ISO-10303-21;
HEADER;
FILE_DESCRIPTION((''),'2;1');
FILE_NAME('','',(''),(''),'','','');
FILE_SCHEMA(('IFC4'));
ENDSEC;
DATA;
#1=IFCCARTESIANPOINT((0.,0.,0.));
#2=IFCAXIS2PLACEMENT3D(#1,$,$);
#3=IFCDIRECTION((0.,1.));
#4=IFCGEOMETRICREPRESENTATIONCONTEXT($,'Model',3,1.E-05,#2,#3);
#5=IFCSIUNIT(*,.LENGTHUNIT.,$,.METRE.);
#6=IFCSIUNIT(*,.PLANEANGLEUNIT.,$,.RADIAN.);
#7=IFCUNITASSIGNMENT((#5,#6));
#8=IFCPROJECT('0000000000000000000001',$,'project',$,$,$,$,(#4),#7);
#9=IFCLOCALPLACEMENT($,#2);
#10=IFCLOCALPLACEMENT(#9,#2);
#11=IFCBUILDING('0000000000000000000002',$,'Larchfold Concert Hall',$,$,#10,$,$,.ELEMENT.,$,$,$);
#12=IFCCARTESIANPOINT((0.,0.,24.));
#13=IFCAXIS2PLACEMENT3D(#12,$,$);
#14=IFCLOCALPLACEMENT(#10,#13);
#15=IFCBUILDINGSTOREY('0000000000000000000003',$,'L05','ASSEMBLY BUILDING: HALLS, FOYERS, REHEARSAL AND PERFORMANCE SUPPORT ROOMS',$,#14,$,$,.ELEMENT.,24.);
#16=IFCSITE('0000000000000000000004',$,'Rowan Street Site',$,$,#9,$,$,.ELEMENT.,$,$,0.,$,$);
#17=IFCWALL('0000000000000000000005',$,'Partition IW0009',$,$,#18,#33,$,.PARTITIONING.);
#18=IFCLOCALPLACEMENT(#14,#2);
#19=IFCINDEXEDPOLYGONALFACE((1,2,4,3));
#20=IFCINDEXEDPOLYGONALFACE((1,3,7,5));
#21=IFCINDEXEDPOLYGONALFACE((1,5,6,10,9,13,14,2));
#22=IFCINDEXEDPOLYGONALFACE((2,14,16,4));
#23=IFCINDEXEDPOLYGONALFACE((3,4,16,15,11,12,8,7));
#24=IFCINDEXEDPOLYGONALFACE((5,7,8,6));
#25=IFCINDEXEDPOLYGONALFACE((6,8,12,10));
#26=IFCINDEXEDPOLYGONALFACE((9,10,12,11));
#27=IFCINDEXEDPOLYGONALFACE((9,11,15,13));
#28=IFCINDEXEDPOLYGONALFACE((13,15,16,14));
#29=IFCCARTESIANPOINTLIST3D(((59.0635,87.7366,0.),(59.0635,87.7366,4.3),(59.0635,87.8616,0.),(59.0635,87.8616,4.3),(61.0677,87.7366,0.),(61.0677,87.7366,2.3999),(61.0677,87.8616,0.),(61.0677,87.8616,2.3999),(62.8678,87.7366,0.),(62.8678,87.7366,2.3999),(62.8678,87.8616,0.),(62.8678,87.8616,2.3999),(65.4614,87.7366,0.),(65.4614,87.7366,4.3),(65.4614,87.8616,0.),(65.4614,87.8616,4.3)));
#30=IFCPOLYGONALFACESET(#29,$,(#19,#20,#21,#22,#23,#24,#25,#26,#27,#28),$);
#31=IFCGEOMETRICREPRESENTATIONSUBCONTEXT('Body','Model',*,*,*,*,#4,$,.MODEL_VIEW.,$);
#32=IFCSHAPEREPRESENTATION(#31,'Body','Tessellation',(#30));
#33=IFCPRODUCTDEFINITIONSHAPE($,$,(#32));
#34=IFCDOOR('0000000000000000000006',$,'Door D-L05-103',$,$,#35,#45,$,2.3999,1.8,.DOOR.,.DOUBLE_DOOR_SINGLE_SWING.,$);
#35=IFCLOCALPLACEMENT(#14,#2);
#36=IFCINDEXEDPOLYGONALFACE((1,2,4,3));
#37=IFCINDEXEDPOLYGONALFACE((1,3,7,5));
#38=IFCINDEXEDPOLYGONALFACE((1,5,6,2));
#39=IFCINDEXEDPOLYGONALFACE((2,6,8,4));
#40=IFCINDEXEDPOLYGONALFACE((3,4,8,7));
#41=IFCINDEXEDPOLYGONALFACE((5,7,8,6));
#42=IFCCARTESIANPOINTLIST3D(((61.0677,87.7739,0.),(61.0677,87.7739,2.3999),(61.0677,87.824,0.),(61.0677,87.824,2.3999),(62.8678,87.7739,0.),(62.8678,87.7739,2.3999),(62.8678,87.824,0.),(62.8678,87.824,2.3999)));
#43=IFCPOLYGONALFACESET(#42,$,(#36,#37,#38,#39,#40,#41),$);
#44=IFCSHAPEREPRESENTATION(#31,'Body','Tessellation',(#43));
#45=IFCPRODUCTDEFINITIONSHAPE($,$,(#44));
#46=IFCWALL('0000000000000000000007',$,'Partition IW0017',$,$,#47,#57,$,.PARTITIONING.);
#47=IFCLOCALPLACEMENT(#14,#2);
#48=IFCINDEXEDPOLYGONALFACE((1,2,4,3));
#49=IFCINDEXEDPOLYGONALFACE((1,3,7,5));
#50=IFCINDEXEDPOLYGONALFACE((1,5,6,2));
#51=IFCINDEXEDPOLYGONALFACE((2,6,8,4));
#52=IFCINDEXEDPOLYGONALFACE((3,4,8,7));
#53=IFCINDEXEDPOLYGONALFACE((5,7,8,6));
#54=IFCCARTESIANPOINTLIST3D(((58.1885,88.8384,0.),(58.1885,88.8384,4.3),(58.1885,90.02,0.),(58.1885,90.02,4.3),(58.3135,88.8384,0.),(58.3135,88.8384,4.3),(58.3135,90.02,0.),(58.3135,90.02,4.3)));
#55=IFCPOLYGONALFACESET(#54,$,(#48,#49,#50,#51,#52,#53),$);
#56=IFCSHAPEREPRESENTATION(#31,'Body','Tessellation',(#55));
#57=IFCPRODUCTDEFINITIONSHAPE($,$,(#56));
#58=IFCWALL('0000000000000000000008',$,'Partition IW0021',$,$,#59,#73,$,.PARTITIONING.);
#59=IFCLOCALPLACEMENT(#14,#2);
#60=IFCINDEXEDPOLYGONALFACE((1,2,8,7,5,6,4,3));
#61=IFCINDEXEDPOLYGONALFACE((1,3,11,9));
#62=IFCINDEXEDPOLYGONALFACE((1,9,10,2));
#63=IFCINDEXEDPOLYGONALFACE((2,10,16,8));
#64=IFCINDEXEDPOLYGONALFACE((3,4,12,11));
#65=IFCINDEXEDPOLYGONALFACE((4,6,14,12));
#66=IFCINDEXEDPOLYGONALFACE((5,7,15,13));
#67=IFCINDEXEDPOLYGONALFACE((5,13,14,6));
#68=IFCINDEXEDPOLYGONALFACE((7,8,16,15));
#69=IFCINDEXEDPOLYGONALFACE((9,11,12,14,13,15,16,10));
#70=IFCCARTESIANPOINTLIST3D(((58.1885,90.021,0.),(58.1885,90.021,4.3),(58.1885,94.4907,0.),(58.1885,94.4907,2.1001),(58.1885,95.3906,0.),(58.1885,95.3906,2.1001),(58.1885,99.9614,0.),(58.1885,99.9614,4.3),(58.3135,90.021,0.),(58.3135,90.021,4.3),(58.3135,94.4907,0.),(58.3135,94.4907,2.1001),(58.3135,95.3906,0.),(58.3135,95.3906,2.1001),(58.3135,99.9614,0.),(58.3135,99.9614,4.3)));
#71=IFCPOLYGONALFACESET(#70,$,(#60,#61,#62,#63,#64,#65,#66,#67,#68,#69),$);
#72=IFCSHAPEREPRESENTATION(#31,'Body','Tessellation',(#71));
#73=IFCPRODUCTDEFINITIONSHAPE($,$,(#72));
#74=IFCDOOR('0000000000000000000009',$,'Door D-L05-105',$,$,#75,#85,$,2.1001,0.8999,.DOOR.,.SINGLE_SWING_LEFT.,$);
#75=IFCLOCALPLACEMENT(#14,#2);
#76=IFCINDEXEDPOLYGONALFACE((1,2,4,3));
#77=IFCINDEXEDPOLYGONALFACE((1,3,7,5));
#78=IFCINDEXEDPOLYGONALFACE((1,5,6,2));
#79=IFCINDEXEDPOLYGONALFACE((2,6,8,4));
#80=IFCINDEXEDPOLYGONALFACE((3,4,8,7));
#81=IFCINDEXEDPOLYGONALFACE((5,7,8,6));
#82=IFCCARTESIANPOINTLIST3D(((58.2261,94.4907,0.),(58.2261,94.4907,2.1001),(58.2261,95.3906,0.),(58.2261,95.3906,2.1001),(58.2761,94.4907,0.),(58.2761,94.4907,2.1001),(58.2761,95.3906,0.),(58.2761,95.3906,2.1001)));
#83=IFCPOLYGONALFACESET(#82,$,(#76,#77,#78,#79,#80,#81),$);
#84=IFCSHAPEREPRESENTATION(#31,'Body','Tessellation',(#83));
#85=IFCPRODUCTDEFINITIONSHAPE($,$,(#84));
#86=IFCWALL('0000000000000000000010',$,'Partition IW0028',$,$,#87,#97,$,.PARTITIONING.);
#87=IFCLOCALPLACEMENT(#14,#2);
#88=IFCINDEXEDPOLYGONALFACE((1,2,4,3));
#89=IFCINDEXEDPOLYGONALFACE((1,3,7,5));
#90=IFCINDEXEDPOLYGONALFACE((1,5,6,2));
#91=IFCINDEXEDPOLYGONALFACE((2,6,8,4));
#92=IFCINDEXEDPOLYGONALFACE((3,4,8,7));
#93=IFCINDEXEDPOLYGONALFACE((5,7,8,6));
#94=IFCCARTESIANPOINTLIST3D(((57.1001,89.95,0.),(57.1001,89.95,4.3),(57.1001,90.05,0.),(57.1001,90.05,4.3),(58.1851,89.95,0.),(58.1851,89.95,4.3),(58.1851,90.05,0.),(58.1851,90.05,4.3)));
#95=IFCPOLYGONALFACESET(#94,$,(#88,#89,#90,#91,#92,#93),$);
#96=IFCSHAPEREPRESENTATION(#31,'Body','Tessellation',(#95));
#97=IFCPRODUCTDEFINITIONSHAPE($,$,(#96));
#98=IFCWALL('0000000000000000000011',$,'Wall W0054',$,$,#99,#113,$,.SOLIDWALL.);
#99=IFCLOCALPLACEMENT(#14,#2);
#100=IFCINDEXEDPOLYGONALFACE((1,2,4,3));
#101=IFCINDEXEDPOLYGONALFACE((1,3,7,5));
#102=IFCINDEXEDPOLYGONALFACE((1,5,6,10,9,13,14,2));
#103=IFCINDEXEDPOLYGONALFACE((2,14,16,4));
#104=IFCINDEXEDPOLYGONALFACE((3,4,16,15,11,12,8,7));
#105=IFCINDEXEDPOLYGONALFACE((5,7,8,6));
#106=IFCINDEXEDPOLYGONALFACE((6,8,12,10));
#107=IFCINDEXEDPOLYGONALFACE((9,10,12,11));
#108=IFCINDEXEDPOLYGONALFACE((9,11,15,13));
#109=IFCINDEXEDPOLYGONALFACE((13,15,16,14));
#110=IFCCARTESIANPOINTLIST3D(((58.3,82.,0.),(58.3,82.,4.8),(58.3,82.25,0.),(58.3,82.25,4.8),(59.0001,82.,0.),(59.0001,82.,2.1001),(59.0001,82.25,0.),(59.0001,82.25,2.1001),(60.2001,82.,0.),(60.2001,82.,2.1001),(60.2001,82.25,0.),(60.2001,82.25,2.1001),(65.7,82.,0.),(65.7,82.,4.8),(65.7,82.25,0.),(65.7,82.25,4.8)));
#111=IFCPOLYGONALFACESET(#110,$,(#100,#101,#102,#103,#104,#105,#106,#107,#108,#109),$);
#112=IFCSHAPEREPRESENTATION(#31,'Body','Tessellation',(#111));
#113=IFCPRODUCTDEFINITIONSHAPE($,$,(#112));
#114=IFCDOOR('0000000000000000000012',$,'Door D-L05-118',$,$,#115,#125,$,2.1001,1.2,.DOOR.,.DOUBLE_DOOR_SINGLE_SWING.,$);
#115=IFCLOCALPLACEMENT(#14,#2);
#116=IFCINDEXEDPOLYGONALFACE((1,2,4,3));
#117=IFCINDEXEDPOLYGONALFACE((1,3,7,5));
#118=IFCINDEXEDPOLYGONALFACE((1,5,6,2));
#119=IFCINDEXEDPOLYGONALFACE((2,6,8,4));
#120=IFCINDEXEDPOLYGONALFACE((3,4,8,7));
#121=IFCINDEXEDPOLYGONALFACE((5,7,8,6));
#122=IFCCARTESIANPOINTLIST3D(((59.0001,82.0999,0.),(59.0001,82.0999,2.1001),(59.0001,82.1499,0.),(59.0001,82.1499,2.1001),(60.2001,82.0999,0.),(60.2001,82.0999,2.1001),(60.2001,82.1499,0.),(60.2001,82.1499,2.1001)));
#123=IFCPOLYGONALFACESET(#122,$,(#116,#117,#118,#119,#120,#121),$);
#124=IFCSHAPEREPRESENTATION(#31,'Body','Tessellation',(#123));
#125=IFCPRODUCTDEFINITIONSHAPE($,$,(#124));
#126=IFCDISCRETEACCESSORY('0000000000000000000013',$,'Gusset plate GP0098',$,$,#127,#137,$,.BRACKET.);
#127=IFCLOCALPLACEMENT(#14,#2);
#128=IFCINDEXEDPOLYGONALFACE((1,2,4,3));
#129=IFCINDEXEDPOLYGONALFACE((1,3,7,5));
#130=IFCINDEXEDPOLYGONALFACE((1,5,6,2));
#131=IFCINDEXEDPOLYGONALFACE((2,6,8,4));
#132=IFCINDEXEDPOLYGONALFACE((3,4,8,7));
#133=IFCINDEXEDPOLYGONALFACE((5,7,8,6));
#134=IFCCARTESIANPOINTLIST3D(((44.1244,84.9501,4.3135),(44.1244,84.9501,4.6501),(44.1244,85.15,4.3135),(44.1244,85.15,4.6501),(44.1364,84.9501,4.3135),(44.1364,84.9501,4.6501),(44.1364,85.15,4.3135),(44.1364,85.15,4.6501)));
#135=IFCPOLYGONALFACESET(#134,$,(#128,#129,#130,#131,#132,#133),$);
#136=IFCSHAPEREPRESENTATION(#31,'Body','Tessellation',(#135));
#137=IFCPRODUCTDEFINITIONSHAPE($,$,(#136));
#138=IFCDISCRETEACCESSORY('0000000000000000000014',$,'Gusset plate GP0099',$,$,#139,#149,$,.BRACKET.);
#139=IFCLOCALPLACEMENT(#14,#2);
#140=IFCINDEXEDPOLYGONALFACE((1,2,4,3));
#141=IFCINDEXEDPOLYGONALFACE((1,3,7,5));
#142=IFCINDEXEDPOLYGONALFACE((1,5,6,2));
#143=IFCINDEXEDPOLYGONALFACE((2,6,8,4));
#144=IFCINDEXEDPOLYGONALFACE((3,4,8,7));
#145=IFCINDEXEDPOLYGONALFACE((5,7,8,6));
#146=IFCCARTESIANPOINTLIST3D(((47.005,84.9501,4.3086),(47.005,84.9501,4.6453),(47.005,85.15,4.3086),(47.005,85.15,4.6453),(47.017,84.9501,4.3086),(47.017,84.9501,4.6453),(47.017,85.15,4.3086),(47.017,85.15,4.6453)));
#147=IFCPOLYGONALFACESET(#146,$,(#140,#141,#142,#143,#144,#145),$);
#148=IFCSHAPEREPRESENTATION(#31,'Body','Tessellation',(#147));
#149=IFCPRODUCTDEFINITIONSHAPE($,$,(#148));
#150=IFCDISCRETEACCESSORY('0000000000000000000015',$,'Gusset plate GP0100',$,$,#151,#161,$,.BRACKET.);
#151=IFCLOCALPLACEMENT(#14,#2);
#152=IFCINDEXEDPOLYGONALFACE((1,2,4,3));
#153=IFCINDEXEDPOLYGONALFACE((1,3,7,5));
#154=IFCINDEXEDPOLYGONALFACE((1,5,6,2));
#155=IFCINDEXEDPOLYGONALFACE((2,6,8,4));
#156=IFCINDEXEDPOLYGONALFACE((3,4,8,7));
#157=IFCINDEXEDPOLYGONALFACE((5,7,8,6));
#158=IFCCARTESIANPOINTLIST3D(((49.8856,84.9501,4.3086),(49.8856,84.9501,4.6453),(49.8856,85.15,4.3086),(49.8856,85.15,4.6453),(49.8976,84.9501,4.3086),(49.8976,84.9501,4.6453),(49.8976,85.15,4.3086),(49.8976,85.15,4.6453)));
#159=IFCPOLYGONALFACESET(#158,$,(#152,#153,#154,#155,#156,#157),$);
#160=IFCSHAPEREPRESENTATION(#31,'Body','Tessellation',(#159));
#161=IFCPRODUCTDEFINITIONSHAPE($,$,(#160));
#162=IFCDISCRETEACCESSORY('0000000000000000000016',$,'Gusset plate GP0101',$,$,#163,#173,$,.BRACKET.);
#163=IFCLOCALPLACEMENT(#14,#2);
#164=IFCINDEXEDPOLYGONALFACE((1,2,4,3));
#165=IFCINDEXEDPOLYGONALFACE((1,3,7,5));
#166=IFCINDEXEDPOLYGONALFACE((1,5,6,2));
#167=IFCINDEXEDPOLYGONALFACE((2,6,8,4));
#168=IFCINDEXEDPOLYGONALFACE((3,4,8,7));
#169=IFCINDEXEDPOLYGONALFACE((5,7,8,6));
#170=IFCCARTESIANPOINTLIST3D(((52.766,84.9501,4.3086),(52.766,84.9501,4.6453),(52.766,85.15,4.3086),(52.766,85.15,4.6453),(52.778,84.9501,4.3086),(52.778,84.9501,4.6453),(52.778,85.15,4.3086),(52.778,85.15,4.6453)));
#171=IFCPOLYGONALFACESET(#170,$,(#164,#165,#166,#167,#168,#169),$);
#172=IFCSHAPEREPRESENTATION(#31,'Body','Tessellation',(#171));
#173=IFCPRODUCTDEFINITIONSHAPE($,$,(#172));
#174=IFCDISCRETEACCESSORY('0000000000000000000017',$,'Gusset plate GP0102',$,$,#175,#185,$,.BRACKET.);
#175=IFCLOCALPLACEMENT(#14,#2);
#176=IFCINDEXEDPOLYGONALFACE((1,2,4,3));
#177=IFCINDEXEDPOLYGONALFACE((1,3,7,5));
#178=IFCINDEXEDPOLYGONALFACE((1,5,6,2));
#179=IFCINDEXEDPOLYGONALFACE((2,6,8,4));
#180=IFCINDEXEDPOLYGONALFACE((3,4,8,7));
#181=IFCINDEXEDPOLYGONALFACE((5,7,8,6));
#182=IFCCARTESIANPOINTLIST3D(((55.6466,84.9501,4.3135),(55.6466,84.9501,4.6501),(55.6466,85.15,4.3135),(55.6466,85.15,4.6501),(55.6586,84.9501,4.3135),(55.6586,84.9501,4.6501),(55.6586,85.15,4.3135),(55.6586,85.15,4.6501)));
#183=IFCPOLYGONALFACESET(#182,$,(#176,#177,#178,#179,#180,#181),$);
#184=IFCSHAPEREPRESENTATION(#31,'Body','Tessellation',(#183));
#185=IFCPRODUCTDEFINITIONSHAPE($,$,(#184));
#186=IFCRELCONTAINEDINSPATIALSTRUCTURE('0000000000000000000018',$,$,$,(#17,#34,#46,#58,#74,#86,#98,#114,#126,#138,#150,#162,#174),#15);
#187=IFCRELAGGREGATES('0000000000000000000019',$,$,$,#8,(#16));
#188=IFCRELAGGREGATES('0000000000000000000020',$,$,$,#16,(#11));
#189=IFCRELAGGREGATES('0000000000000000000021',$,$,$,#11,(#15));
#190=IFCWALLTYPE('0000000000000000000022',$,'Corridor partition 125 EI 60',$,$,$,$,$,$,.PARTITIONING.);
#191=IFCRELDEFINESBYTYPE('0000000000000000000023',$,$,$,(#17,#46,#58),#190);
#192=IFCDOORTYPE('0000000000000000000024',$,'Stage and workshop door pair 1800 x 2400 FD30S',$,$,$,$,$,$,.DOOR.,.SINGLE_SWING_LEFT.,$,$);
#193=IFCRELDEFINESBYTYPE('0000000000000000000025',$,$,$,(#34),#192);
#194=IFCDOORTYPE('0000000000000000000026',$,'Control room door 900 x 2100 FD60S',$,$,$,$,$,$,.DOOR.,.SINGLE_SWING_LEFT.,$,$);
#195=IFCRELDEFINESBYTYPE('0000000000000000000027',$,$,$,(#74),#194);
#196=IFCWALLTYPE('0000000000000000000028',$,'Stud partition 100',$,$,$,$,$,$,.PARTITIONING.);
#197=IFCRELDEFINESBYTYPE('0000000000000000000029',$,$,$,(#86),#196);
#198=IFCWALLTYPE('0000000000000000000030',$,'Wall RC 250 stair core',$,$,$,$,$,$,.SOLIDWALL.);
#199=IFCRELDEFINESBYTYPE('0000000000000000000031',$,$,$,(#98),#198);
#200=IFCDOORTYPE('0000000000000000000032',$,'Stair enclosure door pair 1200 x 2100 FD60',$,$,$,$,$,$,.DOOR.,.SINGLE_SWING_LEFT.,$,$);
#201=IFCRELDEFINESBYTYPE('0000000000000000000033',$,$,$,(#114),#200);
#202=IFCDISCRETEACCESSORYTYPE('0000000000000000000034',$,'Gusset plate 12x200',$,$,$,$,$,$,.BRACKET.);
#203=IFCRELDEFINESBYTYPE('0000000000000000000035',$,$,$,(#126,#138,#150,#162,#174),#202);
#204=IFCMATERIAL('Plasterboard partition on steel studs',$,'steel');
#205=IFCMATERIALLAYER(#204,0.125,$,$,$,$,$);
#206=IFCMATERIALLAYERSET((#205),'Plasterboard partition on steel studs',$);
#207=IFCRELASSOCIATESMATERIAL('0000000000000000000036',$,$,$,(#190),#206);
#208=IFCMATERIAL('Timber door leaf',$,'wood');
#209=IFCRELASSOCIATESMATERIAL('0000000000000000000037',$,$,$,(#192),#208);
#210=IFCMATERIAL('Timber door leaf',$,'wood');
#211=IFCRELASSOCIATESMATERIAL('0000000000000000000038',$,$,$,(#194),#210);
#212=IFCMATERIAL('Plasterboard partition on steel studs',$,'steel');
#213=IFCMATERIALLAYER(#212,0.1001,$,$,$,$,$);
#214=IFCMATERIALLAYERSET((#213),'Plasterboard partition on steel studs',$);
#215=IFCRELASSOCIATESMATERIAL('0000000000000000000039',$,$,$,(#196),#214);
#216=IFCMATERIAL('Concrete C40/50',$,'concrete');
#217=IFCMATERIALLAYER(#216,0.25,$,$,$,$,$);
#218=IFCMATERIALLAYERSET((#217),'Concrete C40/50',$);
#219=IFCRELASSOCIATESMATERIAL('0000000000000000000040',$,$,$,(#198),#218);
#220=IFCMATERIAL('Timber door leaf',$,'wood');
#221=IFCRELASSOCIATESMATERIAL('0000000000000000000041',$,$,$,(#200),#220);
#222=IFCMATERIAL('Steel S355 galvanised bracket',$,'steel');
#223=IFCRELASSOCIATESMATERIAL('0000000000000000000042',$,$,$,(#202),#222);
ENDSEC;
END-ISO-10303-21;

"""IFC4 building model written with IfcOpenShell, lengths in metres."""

from ifc_helpers import new_model, si_unit, direction, frame, frame_2d, origin, origin_2d, place, context, subcontext, project, spatial, rectangle, extrude, material, layer, layer_set, material_profile, profile_set, type_object, element, fill, save


model = new_model("IFC4")

# Units and contexts
model_context = context("Model", 3, precision=1e-05, world=origin(), true_north=direction((0.0, 1.0)))
body_context = subcontext(model_context, "Body", "Model", "MODEL_VIEW")
ifc_project = project(units=[si_unit("LENGTHUNIT", "METRE"), si_unit("PLANEANGLEUNIT", "RADIAN")], contexts=[model_context])

# Site, building, storey
site_placement = place(None, origin())
site = spatial("IfcSite", under=ifc_project, at=site_placement, Name="Rowan Street Site", CompositionType="ELEMENT", RefElevation=0.0)
building_placement = place(site_placement, origin())
building = spatial("IfcBuilding", under=site, at=building_placement, Name="Larchfold Concert Hall", CompositionType="ELEMENT")
storey_placement = place(building_placement, frame((0.0, 0.0, 24.0)))
storey = spatial("IfcBuildingStorey", under=building, at=storey_placement, Name="L05", Description="ASSEMBLY BUILDING: HALLS, FOYERS, REHEARSAL AND PERFORMANCE SUPPORT ROOMS", CompositionType="ELEMENT", Elevation=24.0)

# Shared definitions
ifc_material_1 = material(Name="Plasterboard partition on steel studs", Category="steel")
ifc_layer_1 = layer(ifc_material_1, 0.125)
ifc_layer_set_1 = layer_set([ifc_layer_1], Name="Plasterboard partition on steel studs")
wall_type_1 = type_object("IfcWallType", Name="Corridor partition 125 EI 60", PredefinedType="PARTITIONING", material=ifc_layer_set_1)

# Wall, opening, door
wall_1_placement = place(storey_placement, frame((59.0635, 87.7991, 0.0), z_axis=(0.0, 0.0, 1.0), x_axis=(1.0, 0.0, 0.0)))
wall_1 = element("IfcWall", 1, at=wall_1_placement, inside=storey, type_object=wall_type_1, Name="Partition IW0009", PredefinedType="PARTITIONING", context=body_context, shape_type="SweptSolid", body=[
    extrude(rectangle(XDim=6.3979, YDim=0.125, at=frame_2d((3.199, 0.0))), origin(), (0.0, 0.0, 1.0), 4.3),
])
opening_1_placement = place(wall_1_placement, frame((2.0044, 0.0, 0.0)))
opening_1 = element("IfcOpeningElement", 2, at=opening_1_placement, cuts=wall_1, PredefinedType="OPENING", context=body_context, shape_type="SweptSolid", body=[
    extrude(rectangle(XDim=1.8, YDim=2.3999, at=frame_2d((0.8999, 1.2))), frame((0.0, 0.0725, 0.0), z_axis=(0.0, -1.0, 0.0), x_axis=(1.0, 0.0, 0.0)), (0.0, 0.0, 1.0), 0.145),
])
ifc_material_2 = material(Name="Timber door leaf", Category="wood")
door_type_1 = type_object("IfcDoorType", Name="Stage and workshop door pair 1800 x 2400 FD30S", OperationType="SINGLE_SWING_LEFT", PredefinedType="DOOR", material=ifc_material_2)
door_1_placement = place(opening_1_placement, origin())
door_1 = element("IfcDoor", 3, at=door_1_placement, inside=storey, type_object=door_type_1, Name="Door D-L05-103", OperationType="DOUBLE_DOOR_SINGLE_SWING", OverallHeight=2.3999, OverallWidth=1.8, PredefinedType="DOOR", context=body_context, shape_type="SweptSolid", body=[
    extrude(rectangle(XDim=1.8, YDim=2.3999, at=frame_2d((0.8999, 1.2))), frame((0.0, 0.0249, 0.0), z_axis=(0.0, -1.0, 0.0), x_axis=(1.0, 0.0, 0.0)), (0.0, 0.0, 1.0), 0.05),
])
fill(opening_1, door_1)

# Wall
wall_2_placement = place(storey_placement, frame((58.251, 88.8384, 0.0), z_axis=(0.0, 0.0, 1.0), x_axis=(0.0, 1.0, 0.0)))
element("IfcWall", 4, at=wall_2_placement, inside=storey, type_object=wall_type_1, Name="Partition IW0017", PredefinedType="PARTITIONING", context=body_context, shape_type="SweptSolid", body=[
    extrude(rectangle(XDim=1.1816, YDim=0.125, at=frame_2d((0.5908, 0.0))), origin(), (0.0, 0.0, 1.0), 4.3),
])

# Wall, opening, door
wall_3_placement = place(storey_placement, frame((58.251, 90.021, 0.0), z_axis=(0.0, 0.0, 1.0), x_axis=(0.0, 1.0, 0.0)))
wall_3 = element("IfcWall", 5, at=wall_3_placement, inside=storey, type_object=wall_type_1, Name="Partition IW0021", PredefinedType="PARTITIONING", context=body_context, shape_type="SweptSolid", body=[
    extrude(rectangle(XDim=9.9404, YDim=0.125, at=frame_2d((4.9702, 0.0))), origin(), (0.0, 0.0, 1.0), 4.3),
])
opening_2_placement = place(wall_3_placement, frame((4.4697, 0.0, 0.0)))
opening_2 = element("IfcOpeningElement", 6, at=opening_2_placement, cuts=wall_3, PredefinedType="OPENING", context=body_context, shape_type="SweptSolid", body=[
    extrude(rectangle(XDim=0.8999, YDim=2.1001, at=frame_2d((0.45, 1.05))), frame((0.0, 0.0725, 0.0), z_axis=(0.0, -1.0, 0.0), x_axis=(1.0, 0.0, 0.0)), (0.0, 0.0, 1.0), 0.145),
])
ifc_material_3 = material(Name="Timber door leaf", Category="wood")
door_type_2 = type_object("IfcDoorType", Name="Control room door 900 x 2100 FD60S", OperationType="SINGLE_SWING_LEFT", PredefinedType="DOOR", material=ifc_material_3)
door_2_placement = place(opening_2_placement, origin())
door_2 = element("IfcDoor", 7, at=door_2_placement, inside=storey, type_object=door_type_2, Name="Door D-L05-105", OperationType="SINGLE_SWING_LEFT", OverallHeight=2.1001, OverallWidth=0.8999, PredefinedType="DOOR", context=body_context, shape_type="SweptSolid", body=[
    extrude(rectangle(XDim=0.8999, YDim=2.1001, at=frame_2d((0.45, 1.05))), frame((0.0, 0.0249, 0.0), z_axis=(0.0, -1.0, 0.0), x_axis=(1.0, 0.0, 0.0)), (0.0, 0.0, 1.0), 0.05),
])
fill(opening_2, door_2)

# Wall
ifc_material_4 = material(Name="Plasterboard partition on steel studs", Category="steel")
ifc_layer_2 = layer(ifc_material_4, 0.1001)
ifc_layer_set_2 = layer_set([ifc_layer_2], Name="Plasterboard partition on steel studs")
wall_type_2 = type_object("IfcWallType", Name="Stud partition 100", PredefinedType="PARTITIONING", material=ifc_layer_set_2)
wall_4_placement = place(storey_placement, frame((57.1001, 90.0, 0.0), z_axis=(0.0, 0.0, 1.0), x_axis=(1.0, 0.0, 0.0)))
element("IfcWall", 8, at=wall_4_placement, inside=storey, type_object=wall_type_2, Name="Partition IW0028", PredefinedType="PARTITIONING", context=body_context, shape_type="SweptSolid", body=[
    extrude(rectangle(XDim=1.085, YDim=0.1001, at=frame_2d((0.5425, 0.0))), origin(), (0.0, 0.0, 1.0), 4.3),
])

# Wall, opening, door
ifc_material_5 = material(Name="Concrete C40/50", Category="concrete")
ifc_layer_3 = layer(ifc_material_5, 0.25)
ifc_layer_set_3 = layer_set([ifc_layer_3], Name="Concrete C40/50")
wall_type_3 = type_object("IfcWallType", Name="Wall RC 250 stair core", PredefinedType="SOLIDWALL", material=ifc_layer_set_3)
wall_5_placement = place(storey_placement, frame((58.3, 82.125, 0.0), z_axis=(0.0, 0.0, 1.0), x_axis=(1.0, 0.0, 0.0)))
wall_5 = element("IfcWall", 9, at=wall_5_placement, inside=storey, type_object=wall_type_3, Name="Wall W0054", PredefinedType="SOLIDWALL", context=body_context, shape_type="SweptSolid", body=[
    extrude(rectangle(XDim=7.3999, YDim=0.25, at=frame_2d((3.7, 0.0))), origin(), (0.0, 0.0, 1.0), 4.8),
])
opening_3_placement = place(wall_5_placement, frame((0.7, 0.0, 0.0)))
opening_3 = element("IfcOpeningElement", 10, at=opening_3_placement, cuts=wall_5, PredefinedType="OPENING", context=body_context, shape_type="SweptSolid", body=[
    extrude(rectangle(XDim=1.2, YDim=2.1001, at=frame_2d((0.6001, 1.05))), frame((0.0, 0.135, 0.0), z_axis=(0.0, -1.0, 0.0), x_axis=(1.0, 0.0, 0.0)), (0.0, 0.0, 1.0), 0.27),
])
ifc_material_6 = material(Name="Timber door leaf", Category="wood")
door_type_3 = type_object("IfcDoorType", Name="Stair enclosure door pair 1200 x 2100 FD60", OperationType="SINGLE_SWING_LEFT", PredefinedType="DOOR", material=ifc_material_6)
door_3_placement = place(opening_3_placement, origin())
door_3 = element("IfcDoor", 11, at=door_3_placement, inside=storey, type_object=door_type_3, Name="Door D-L05-118", OperationType="DOUBLE_DOOR_SINGLE_SWING", OverallHeight=2.1001, OverallWidth=1.2, PredefinedType="DOOR", context=body_context, shape_type="SweptSolid", body=[
    extrude(rectangle(XDim=1.2, YDim=2.1001, at=frame_2d((0.6001, 1.05))), frame((0.0, 0.0249, 0.0), z_axis=(0.0, -1.0, 0.0), x_axis=(1.0, 0.0, 0.0)), (0.0, 0.0, 1.0), 0.05),
])
fill(opening_3, door_3)

# Discrete accessories
ifc_material_7 = material(Name="Steel S355 galvanised bracket", Category="steel")
ifc_material_profile_1 = material_profile(ifc_material_7, rectangle(XDim=0.012, YDim=0.2, at=origin_2d()))
ifc_profile_set_1 = profile_set([ifc_material_profile_1], Name="Steel S355 galvanised bracket")
discrete_accessory_type_1 = type_object("IfcDiscreteAccessoryType", Name="Gusset plate 12x200", PredefinedType="BRACKET", material=ifc_profile_set_1)
for number, where, z_axis, x_axis, name in (
    (12, (44.1304, 85.05, 4.3135), (0.0, 0.0, 1.0), (1.0, 0.0, 0.0), "Gusset plate GP0098"),
    (13, (47.011, 85.05, 4.3086), (0.0, 0.0, 1.0), (1.0, 0.0, 0.0), "Gusset plate GP0099"),
    (14, (49.8916, 85.05, 4.3086), (0.0, 0.0, 1.0), (1.0, 0.0, 0.0), "Gusset plate GP0100"),
    (15, (52.772, 85.05, 4.3086), (0.0, 0.0, 1.0), (1.0, 0.0, 0.0), "Gusset plate GP0101"),
    (16, (55.6526, 85.05, 4.3135), (0.0, 0.0, 1.0), (1.0, 0.0, 0.0), "Gusset plate GP0102"),
):
    element("IfcDiscreteAccessory", number, at=place(storey_placement, frame(where, z_axis=z_axis, x_axis=x_axis)), inside=storey, type_object=discrete_accessory_type_1, Name=name, PredefinedType="BRACKET", context=body_context, shape_type="SweptSolid", body=[
        extrude(rectangle(XDim=0.012, YDim=0.2, at=origin_2d()), origin(), (0.0, 0.0, 1.0), 0.3367),
    ])

save(model, "model.ifc")
